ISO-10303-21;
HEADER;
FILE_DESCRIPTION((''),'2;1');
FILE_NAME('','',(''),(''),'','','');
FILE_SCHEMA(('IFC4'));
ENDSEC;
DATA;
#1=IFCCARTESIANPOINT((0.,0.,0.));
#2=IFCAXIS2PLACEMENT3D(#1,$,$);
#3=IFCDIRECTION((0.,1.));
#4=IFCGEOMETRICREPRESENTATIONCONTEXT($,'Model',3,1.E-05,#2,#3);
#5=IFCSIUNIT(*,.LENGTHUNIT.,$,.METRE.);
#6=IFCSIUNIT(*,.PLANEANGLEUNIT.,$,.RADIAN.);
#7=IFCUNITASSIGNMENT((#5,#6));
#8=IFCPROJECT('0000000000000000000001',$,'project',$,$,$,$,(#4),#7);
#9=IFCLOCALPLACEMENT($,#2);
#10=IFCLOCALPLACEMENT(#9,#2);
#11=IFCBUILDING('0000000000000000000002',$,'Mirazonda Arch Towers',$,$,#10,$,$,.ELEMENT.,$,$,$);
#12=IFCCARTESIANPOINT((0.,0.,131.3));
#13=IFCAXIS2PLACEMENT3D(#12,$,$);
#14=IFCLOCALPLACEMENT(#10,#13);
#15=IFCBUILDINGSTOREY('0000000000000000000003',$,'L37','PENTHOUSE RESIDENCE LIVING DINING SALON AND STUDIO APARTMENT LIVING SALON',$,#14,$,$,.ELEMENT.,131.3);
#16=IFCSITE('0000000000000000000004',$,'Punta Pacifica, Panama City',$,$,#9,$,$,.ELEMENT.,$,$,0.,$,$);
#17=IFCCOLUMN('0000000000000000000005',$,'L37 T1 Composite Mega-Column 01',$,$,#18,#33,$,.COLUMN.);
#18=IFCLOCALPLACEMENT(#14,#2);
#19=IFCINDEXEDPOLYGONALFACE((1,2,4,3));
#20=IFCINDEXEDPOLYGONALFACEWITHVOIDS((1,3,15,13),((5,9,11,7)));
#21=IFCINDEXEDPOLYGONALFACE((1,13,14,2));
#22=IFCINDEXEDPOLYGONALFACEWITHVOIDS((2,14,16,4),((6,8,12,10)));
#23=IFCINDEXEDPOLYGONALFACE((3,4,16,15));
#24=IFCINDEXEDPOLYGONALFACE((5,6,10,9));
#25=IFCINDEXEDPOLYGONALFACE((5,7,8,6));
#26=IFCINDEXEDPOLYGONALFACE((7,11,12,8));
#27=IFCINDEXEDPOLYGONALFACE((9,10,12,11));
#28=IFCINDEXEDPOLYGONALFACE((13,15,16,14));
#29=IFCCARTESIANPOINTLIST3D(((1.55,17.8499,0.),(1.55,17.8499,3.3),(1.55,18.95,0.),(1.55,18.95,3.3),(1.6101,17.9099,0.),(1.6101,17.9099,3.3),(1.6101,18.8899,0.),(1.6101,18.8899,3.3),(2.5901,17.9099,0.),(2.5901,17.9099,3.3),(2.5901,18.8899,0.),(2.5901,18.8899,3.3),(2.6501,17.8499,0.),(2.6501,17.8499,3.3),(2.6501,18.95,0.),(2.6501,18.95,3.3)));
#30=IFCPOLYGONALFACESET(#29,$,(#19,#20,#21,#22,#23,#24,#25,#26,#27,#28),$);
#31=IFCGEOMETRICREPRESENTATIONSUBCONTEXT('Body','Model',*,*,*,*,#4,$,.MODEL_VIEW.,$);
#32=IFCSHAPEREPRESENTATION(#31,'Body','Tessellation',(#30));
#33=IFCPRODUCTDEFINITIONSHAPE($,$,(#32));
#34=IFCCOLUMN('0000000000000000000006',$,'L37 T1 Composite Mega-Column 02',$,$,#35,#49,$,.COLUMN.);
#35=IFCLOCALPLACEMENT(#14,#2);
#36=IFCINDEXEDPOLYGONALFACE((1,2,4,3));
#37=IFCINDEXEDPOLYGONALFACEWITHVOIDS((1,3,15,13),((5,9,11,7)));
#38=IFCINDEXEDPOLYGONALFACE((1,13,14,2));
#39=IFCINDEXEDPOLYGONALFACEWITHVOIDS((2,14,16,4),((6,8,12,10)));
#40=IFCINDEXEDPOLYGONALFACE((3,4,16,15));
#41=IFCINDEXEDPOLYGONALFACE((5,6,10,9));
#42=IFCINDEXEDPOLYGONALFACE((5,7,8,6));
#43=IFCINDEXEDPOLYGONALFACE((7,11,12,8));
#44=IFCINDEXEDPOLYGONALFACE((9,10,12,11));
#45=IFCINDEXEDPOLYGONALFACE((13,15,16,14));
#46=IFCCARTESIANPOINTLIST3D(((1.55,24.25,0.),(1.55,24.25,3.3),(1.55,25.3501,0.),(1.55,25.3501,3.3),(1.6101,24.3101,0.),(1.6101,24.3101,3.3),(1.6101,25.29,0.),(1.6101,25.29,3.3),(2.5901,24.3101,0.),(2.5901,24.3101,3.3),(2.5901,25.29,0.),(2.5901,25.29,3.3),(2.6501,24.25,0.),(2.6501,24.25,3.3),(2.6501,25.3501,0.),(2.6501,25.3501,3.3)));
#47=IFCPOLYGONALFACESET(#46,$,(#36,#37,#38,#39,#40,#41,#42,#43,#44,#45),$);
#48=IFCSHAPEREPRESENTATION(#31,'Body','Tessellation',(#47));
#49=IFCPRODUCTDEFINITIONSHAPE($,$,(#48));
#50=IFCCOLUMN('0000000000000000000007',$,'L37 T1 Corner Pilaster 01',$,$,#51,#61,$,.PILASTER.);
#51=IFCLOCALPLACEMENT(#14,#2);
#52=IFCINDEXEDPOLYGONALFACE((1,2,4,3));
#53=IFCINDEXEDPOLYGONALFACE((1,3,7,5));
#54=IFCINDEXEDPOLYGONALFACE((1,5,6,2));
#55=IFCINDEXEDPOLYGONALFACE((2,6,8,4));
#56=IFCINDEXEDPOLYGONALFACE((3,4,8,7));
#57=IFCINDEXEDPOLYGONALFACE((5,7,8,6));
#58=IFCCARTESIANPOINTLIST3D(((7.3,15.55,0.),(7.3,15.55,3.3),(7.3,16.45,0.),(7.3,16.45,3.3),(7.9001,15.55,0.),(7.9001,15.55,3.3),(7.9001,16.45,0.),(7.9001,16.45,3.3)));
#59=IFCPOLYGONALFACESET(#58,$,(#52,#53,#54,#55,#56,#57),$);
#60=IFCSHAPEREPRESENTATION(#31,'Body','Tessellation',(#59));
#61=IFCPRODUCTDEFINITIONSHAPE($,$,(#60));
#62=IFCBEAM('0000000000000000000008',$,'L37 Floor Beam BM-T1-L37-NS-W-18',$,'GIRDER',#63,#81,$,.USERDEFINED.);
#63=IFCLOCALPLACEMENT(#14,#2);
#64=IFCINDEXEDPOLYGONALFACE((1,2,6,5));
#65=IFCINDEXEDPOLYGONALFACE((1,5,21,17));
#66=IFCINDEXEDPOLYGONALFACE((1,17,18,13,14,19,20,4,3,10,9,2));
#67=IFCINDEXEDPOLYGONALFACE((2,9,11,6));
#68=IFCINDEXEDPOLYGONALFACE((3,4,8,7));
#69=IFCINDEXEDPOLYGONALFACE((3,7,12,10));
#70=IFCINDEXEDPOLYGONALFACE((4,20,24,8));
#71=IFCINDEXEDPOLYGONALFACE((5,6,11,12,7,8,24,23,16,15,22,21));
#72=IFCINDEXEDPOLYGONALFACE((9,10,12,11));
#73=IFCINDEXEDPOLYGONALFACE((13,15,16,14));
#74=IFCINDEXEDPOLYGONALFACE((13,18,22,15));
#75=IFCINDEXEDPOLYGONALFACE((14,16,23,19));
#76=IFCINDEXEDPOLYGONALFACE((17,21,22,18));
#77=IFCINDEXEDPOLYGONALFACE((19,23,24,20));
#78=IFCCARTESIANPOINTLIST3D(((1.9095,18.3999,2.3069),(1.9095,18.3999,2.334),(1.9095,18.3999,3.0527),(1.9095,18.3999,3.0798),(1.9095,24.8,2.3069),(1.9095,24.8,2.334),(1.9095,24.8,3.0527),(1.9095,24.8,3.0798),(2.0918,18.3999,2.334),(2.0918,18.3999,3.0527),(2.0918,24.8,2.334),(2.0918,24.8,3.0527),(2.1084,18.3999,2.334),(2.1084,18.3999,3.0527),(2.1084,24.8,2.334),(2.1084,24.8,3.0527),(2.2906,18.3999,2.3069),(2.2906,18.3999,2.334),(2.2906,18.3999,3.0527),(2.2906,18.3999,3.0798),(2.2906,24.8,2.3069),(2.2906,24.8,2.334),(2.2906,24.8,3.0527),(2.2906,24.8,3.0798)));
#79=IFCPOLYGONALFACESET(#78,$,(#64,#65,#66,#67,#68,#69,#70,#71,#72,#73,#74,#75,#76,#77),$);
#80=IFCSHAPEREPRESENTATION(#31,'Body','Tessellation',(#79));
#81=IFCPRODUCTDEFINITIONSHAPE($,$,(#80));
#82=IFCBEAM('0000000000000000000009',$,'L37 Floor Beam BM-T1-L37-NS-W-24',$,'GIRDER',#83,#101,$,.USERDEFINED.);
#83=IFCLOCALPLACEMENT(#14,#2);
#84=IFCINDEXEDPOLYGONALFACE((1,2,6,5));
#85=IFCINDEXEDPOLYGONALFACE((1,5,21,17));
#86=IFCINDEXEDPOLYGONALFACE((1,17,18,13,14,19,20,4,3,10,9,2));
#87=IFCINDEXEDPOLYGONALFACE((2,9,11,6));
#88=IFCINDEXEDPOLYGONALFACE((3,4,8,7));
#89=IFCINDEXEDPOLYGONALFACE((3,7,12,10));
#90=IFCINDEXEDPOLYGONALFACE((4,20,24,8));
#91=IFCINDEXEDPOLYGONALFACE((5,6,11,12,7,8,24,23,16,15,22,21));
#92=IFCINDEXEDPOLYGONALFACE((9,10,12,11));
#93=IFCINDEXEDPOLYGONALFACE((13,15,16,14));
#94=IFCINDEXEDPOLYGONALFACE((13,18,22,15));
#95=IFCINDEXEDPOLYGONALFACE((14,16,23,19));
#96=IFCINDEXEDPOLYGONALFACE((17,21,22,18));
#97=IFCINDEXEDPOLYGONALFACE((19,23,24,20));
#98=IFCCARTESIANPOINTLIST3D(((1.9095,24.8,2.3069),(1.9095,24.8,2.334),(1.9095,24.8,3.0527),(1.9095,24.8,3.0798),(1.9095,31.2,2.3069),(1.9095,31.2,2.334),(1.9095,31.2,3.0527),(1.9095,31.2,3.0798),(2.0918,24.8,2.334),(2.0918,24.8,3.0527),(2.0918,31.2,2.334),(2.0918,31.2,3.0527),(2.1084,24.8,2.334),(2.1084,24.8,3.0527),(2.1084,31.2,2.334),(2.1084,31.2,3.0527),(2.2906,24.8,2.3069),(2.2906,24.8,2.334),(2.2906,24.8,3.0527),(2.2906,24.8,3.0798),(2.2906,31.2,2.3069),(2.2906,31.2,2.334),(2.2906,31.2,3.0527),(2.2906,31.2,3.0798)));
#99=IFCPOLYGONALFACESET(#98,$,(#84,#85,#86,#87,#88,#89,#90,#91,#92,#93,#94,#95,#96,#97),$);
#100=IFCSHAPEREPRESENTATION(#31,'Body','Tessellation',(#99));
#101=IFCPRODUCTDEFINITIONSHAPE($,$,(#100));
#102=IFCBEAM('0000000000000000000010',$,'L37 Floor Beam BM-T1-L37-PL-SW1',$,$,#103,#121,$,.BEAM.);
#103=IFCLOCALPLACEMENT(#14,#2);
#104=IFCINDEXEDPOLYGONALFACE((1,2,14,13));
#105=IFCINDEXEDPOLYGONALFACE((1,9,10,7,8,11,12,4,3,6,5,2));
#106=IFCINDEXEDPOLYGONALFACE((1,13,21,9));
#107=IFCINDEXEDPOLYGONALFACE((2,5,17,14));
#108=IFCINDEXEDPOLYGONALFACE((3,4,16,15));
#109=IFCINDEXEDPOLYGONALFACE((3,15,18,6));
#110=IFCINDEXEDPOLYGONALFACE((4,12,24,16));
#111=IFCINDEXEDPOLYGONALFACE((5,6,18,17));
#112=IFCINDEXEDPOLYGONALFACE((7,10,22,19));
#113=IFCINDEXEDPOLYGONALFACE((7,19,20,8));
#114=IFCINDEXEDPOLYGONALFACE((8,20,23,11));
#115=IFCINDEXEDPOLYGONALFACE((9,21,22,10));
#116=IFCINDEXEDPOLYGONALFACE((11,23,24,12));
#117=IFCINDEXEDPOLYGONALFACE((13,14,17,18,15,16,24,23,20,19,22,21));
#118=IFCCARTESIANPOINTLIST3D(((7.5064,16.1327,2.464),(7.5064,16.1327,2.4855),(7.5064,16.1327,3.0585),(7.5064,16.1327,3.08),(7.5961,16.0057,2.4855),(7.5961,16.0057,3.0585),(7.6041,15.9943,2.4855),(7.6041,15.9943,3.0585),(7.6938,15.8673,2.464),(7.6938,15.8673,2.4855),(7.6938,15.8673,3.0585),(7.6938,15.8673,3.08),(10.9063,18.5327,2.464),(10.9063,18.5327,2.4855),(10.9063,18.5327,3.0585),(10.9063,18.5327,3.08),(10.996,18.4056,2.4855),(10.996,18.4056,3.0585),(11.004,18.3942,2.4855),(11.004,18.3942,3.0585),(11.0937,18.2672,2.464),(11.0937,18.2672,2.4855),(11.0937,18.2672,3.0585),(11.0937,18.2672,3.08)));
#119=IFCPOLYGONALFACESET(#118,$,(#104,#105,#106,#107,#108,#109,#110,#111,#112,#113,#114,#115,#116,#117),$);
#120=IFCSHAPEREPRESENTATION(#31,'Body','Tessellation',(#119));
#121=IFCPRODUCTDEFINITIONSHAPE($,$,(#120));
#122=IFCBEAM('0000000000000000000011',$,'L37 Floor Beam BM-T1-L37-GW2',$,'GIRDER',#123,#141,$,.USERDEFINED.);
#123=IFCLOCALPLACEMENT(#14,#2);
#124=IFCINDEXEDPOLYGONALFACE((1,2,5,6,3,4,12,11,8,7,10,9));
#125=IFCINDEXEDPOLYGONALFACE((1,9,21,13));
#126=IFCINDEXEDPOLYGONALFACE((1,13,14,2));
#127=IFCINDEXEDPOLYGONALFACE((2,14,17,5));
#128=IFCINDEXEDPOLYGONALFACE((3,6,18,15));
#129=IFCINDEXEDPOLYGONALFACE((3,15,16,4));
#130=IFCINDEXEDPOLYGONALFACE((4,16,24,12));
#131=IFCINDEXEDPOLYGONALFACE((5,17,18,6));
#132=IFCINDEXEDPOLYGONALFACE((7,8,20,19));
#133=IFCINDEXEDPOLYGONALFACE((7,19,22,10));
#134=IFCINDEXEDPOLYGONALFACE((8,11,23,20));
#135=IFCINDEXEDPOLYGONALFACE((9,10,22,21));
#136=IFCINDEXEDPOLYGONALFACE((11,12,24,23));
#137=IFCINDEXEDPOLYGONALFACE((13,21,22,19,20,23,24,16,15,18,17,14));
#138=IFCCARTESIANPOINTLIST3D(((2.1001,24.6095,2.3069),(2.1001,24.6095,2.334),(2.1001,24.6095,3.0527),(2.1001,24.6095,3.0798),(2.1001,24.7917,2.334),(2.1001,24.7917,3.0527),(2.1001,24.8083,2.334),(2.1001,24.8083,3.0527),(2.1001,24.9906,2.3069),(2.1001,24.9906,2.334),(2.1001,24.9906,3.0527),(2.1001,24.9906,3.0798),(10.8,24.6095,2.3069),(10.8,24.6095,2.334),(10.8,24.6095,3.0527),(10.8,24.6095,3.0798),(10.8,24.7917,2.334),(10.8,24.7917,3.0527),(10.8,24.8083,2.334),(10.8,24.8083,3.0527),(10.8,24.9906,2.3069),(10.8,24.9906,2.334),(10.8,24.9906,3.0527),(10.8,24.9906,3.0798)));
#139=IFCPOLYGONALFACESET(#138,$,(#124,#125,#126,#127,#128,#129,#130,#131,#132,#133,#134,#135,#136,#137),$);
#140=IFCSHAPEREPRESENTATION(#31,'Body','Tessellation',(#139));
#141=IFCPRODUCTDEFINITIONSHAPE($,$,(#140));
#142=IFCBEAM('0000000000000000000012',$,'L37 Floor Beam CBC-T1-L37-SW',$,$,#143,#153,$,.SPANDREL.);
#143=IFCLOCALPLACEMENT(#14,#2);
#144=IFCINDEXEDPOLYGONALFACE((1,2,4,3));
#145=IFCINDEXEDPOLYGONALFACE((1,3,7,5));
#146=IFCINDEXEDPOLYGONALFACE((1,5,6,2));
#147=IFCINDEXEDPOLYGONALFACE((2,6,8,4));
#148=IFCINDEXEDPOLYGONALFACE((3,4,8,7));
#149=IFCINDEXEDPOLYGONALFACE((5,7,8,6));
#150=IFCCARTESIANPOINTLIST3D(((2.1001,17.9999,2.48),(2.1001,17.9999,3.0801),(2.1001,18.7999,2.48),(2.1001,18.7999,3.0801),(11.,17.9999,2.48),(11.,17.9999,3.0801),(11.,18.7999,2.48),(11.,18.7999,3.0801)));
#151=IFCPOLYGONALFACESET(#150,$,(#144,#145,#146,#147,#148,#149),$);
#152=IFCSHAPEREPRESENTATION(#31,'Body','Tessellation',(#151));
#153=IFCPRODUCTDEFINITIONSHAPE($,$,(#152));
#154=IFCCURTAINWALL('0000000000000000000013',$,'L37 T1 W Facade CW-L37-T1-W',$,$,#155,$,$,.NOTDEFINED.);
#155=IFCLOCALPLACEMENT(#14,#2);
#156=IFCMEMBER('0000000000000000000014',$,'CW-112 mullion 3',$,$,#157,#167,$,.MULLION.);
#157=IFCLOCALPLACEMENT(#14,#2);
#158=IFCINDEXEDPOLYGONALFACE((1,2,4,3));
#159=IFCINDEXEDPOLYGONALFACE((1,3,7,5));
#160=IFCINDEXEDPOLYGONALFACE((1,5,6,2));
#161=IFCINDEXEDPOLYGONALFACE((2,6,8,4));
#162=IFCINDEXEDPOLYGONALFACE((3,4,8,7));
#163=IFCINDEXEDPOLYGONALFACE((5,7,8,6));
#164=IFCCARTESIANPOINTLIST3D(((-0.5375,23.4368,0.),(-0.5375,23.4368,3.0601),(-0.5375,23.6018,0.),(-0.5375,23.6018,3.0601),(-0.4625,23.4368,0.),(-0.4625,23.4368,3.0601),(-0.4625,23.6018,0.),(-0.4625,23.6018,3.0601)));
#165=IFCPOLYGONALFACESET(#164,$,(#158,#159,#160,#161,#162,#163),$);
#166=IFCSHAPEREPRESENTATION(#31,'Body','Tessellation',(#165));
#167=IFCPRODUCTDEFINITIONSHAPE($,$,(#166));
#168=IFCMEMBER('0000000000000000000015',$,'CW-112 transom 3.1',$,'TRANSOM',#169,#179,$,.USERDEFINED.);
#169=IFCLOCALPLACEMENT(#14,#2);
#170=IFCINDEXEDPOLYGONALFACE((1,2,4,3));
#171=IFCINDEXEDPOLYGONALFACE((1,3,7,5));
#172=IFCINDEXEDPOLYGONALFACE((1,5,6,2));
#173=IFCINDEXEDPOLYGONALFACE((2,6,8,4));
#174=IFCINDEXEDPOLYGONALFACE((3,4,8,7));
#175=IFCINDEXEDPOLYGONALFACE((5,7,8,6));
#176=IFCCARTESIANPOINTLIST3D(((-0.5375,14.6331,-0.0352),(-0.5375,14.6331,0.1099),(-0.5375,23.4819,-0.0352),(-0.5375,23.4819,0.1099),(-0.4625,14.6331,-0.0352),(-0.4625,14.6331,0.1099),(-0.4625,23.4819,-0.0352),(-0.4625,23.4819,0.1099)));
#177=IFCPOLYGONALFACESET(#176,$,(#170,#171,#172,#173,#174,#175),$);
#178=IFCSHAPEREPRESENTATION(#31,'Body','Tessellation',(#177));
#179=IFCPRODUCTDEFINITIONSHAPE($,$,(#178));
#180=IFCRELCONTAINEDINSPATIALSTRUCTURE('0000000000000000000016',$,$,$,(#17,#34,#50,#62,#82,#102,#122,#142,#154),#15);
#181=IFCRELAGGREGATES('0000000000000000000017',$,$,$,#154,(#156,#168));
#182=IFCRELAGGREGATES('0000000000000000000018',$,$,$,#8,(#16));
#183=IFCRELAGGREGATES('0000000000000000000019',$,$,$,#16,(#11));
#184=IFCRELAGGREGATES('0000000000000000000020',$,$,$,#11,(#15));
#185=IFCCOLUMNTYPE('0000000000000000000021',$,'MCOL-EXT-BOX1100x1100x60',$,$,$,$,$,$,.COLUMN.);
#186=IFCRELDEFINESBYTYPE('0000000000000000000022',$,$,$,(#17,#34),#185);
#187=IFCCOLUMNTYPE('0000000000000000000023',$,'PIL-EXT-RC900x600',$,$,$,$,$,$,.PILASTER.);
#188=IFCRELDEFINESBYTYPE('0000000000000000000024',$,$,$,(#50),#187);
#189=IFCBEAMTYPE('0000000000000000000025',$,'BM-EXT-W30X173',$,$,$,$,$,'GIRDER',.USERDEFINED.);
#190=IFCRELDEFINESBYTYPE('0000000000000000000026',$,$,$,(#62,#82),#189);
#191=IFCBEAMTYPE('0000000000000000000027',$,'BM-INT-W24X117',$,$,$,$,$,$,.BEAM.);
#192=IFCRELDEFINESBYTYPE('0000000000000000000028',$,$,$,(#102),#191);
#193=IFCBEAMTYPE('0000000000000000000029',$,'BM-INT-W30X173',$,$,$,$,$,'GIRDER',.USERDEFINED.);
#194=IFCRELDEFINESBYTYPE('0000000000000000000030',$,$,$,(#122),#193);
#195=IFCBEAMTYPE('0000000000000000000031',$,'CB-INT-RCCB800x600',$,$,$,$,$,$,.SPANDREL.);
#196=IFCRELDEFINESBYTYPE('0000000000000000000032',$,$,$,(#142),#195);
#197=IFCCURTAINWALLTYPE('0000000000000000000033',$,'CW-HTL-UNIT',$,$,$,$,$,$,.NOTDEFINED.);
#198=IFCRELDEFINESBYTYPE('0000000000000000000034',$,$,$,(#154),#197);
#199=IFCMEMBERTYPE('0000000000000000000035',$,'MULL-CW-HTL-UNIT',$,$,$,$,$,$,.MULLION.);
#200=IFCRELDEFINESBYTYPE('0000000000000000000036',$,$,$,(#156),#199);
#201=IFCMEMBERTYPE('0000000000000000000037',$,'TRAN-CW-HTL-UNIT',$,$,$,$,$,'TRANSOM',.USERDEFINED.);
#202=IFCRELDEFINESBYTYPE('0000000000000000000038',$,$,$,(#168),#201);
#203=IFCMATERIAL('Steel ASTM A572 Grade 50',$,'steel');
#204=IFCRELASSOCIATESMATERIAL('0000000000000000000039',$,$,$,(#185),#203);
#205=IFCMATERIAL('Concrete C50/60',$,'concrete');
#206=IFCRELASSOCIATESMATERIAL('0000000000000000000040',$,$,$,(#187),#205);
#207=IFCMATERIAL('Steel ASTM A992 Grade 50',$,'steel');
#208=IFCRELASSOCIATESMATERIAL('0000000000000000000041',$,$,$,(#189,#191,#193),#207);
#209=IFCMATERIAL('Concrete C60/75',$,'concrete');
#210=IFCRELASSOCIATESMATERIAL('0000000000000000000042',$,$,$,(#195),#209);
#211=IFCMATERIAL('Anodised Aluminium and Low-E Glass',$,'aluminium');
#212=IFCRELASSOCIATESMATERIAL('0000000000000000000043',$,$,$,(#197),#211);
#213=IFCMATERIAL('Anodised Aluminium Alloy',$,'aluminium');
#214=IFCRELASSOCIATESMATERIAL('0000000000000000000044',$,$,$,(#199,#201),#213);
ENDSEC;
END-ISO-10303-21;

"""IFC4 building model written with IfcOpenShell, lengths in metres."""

from ifc_helpers import new_model, si_unit, direction, frame, origin, origin_2d, place, context, subcontext, project, spatial, rectangle, hollow_rectangle, i_section, extrude, material, material_profile, profile_set, type_object, element, aggregate, save


model = new_model("IFC4")

# Units and contexts
model_context = context("Model", 3, precision=1e-05, world=origin(), true_north=direction((0.0, 1.0)))
body_context = subcontext(model_context, "Body", "Model", "MODEL_VIEW")
ifc_project = project(units=[si_unit("LENGTHUNIT", "METRE"), si_unit("PLANEANGLEUNIT", "RADIAN")], contexts=[model_context])

# Site, building, storey
site_placement = place(None, origin())
site = spatial("IfcSite", under=ifc_project, at=site_placement, Name="Punta Pacifica, Panama City", CompositionType="ELEMENT", RefElevation=0.0)
building_placement = place(site_placement, origin())
building = spatial("IfcBuilding", under=site, at=building_placement, Name="Mirazonda Arch Towers", CompositionType="ELEMENT")
storey_placement = place(building_placement, frame((0.0, 0.0, 131.3)))
storey = spatial("IfcBuildingStorey", under=building, at=storey_placement, Name="L37", Description="PENTHOUSE RESIDENCE LIVING DINING SALON AND STUDIO APARTMENT LIVING SALON", CompositionType="ELEMENT", Elevation=131.3)

# Columns
ifc_material_1 = material(Name="Steel ASTM A572 Grade 50", Category="steel")
ifc_material_profile_1 = material_profile(ifc_material_1, hollow_rectangle(XDim=1.1001, YDim=1.1001, WallThickness=0.0601, at=origin_2d()), Name="BOX1100x1100x60")
ifc_profile_set_1 = profile_set([ifc_material_profile_1], Name="Steel ASTM A572 Grade 50")
column_type_1 = type_object("IfcColumnType", Name="MCOL-EXT-BOX1100x1100x60", PredefinedType="COLUMN", material=ifc_profile_set_1)
for number, where, z_axis, x_axis, name in (
    (1, (2.1001, 18.3999, 0.0), (0.0, 0.0, 1.0), (1.0, 0.0, 0.0), "L37 T1 Composite Mega-Column 01"),
    (2, (2.1001, 24.8, 0.0), (0.0, 0.0, 1.0), (1.0, 0.0, 0.0), "L37 T1 Composite Mega-Column 02"),
):
    element("IfcColumn", number, at=place(storey_placement, frame(where, z_axis=z_axis, x_axis=x_axis)), inside=storey, type_object=column_type_1, Name=name, PredefinedType="COLUMN", context=body_context, shape_type="SweptSolid", body=[
        extrude(hollow_rectangle(XDim=1.1001, YDim=1.1001, WallThickness=0.0601, at=origin_2d()), origin(), (0.0, 0.0, 1.0), 3.3),
    ])
ifc_material_2 = material(Name="Concrete C50/60", Category="concrete")
ifc_material_profile_2 = material_profile(ifc_material_2, rectangle(XDim=0.6001, YDim=0.8999, at=origin_2d()), Name="RC900x600")
ifc_profile_set_2 = profile_set([ifc_material_profile_2], Name="Concrete C50/60")
column_type_2 = type_object("IfcColumnType", Name="PIL-EXT-RC900x600", PredefinedType="PILASTER", material=ifc_profile_set_2)
column_placement = place(storey_placement, frame((7.6001, 16.0, 0.0), z_axis=(0.0, 0.0, 1.0), x_axis=(1.0, 0.0, 0.0)))
element("IfcColumn", 3, at=column_placement, inside=storey, type_object=column_type_2, Name="L37 T1 Corner Pilaster 01", PredefinedType="PILASTER", context=body_context, shape_type="SweptSolid", body=[
    extrude(rectangle(XDim=0.6001, YDim=0.8999, at=origin_2d()), origin(), (0.0, 0.0, 1.0), 3.3),
])

# Beams
ifc_material_3 = material(Name="Steel ASTM A992 Grade 50", Category="steel")
ifc_material_profile_3 = material_profile(ifc_material_3, i_section(OverallWidth=0.3811, OverallDepth=0.7729, WebThickness=0.0166, FlangeThickness=0.0271, at=origin_2d()), Name="W30X173")
ifc_profile_set_3 = profile_set([ifc_material_profile_3], Name="Steel ASTM A992 Grade 50")
beam_type_1 = type_object("IfcBeamType", Name="BM-EXT-W30X173", ElementType="GIRDER", PredefinedType="USERDEFINED", material=ifc_profile_set_3)
beam_1_placement = place(storey_placement, frame((2.1001, 18.3999, 2.6934), z_axis=(0.0, 1.0, 0.0), x_axis=(-1.0, 0.0, 0.0)))
element("IfcBeam", 4, at=beam_1_placement, inside=storey, type_object=beam_type_1, Name="L37 Floor Beam BM-T1-L37-NS-W-18", ObjectType="GIRDER", PredefinedType="USERDEFINED", context=body_context, shape_type="SweptSolid", body=[
    extrude(i_section(OverallWidth=0.3811, OverallDepth=0.7729, WebThickness=0.0166, FlangeThickness=0.0271, at=origin_2d()), origin(), (0.0, 0.0, 1.0), 6.4001),
])
beam_2_placement = place(storey_placement, frame((2.1001, 24.8, 2.6934), z_axis=(0.0, 1.0, 0.0), x_axis=(-1.0, 0.0, 0.0)))
element("IfcBeam", 5, at=beam_2_placement, inside=storey, type_object=beam_type_1, Name="L37 Floor Beam BM-T1-L37-NS-W-24", ObjectType="GIRDER", PredefinedType="USERDEFINED", context=body_context, shape_type="SweptSolid", body=[
    extrude(i_section(OverallWidth=0.3811, OverallDepth=0.7729, WebThickness=0.0166, FlangeThickness=0.0271, at=origin_2d()), origin(), (0.0, 0.0, 1.0), 6.3999),
])
ifc_material_profile_4 = material_profile(ifc_material_3, i_section(OverallWidth=0.325, OverallDepth=0.616, WebThickness=0.0139, FlangeThickness=0.0215, at=origin_2d()), Name="W24X117")
ifc_profile_set_4 = profile_set([ifc_material_profile_4], Name="Steel ASTM A992 Grade 50")
beam_type_2 = type_object("IfcBeamType", Name="BM-INT-W24X117", PredefinedType="BEAM", material=ifc_profile_set_4)
beam_3_placement = place(storey_placement, frame((7.6001, 16.0, 2.772), z_axis=(0.816971, 0.576679, 0.0), x_axis=(-0.576679, 0.816971, 0.0)))
element("IfcBeam", 6, at=beam_3_placement, inside=storey, type_object=beam_type_2, Name="L37 Floor Beam BM-T1-L37-PL-SW1", PredefinedType="BEAM", context=body_context, shape_type="SweptSolid", body=[
    extrude(i_section(OverallWidth=0.325, OverallDepth=0.616, WebThickness=0.0139, FlangeThickness=0.0215, at=origin_2d()), origin(), (0.0, 0.0, 1.0), 4.1616),
])
ifc_material_profile_5 = material_profile(ifc_material_3, i_section(OverallWidth=0.3811, OverallDepth=0.7729, WebThickness=0.0166, FlangeThickness=0.0271, at=origin_2d()), Name="W30X173")
ifc_profile_set_5 = profile_set([ifc_material_profile_5], Name="Steel ASTM A992 Grade 50")
beam_type_3 = type_object("IfcBeamType", Name="BM-INT-W30X173", ElementType="GIRDER", PredefinedType="USERDEFINED", material=ifc_profile_set_5)
beam_4_placement = place(storey_placement, frame((2.1001, 24.8, 2.6934), z_axis=(1.0, 0.0, 0.0), x_axis=(0.0, 1.0, 0.0)))
element("IfcBeam", 7, at=beam_4_placement, inside=storey, type_object=beam_type_3, Name="L37 Floor Beam BM-T1-L37-GW2", ObjectType="GIRDER", PredefinedType="USERDEFINED", context=body_context, shape_type="SweptSolid", body=[
    extrude(i_section(OverallWidth=0.3811, OverallDepth=0.7729, WebThickness=0.0166, FlangeThickness=0.0271, at=origin_2d()), origin(), (0.0, 0.0, 1.0), 8.7),
])
ifc_material_4 = material(Name="Concrete C60/75", Category="concrete")
ifc_material_profile_6 = material_profile(ifc_material_4, rectangle(XDim=0.8, YDim=0.6001, at=origin_2d()), Name="RCCB800x600")
ifc_profile_set_6 = profile_set([ifc_material_profile_6], Name="Concrete C60/75")
beam_type_4 = type_object("IfcBeamType", Name="CB-INT-RCCB800x600", PredefinedType="SPANDREL", material=ifc_profile_set_6)
beam_5_placement = place(storey_placement, frame((2.1001, 18.3999, 2.78), z_axis=(1.0, 0.0, 0.0), x_axis=(0.0, 1.0, 0.0)))
element("IfcBeam", 8, at=beam_5_placement, inside=storey, type_object=beam_type_4, Name="L37 Floor Beam CBC-T1-L37-SW", PredefinedType="SPANDREL", context=body_context, shape_type="SweptSolid", body=[
    extrude(rectangle(XDim=0.8, YDim=0.6001, at=origin_2d()), origin(), (0.0, 0.0, 1.0), 8.8999),
])

# Curtain wall, members
ifc_material_5 = material(Name="Anodised Aluminium and Low-E Glass", Category="aluminium")
curtain_wall_type = type_object("IfcCurtainWallType", Name="CW-HTL-UNIT", PredefinedType="NOTDEFINED", material=ifc_material_5)
curtain_wall_placement = place(storey_placement, origin())
curtain_wall = element("IfcCurtainWall", 9, at=curtain_wall_placement, inside=storey, type_object=curtain_wall_type, Name="L37 T1 W Facade CW-L37-T1-W", PredefinedType="NOTDEFINED")
ifc_material_6 = material(Name="Anodised Aluminium Alloy", Category="aluminium")
ifc_material_profile_7 = material_profile(ifc_material_6, rectangle(XDim=0.075, YDim=0.165, at=origin_2d()), Name="ALU-MULL-75x165")
ifc_profile_set_7 = profile_set([ifc_material_profile_7], Name="Anodised Aluminium Alloy")
member_type_1 = type_object("IfcMemberType", Name="MULL-CW-HTL-UNIT", PredefinedType="MULLION", material=ifc_profile_set_7)
member_1_placement = place(storey_placement, frame((-0.5, 23.5193, 0.0), z_axis=(0.0, 0.0, 1.0), x_axis=(1.0, 0.0, 0.0)))
member_1 = element("IfcMember", 10, at=member_1_placement, type_object=member_type_1, Name="CW-112 mullion 3", PredefinedType="MULLION", context=body_context, shape_type="SweptSolid", body=[
    extrude(rectangle(XDim=0.075, YDim=0.165, at=origin_2d()), origin(), (0.0, 0.0, 1.0), 3.0601),
])
ifc_material_profile_8 = material_profile(ifc_material_6, rectangle(XDim=0.075, YDim=0.145, at=origin_2d()), Name="ALU-TRAN-75x145")
ifc_profile_set_8 = profile_set([ifc_material_profile_8], Name="Anodised Aluminium Alloy")
member_type_2 = type_object("IfcMemberType", Name="TRAN-CW-HTL-UNIT", ElementType="TRANSOM", PredefinedType="USERDEFINED", material=ifc_profile_set_8)
member_2_placement = place(storey_placement, frame((-0.5, 23.4819, 0.0374), z_axis=(0.0, -1.0, 0.0), x_axis=(1.0, 0.0, 0.0)))
member_2 = element("IfcMember", 11, at=member_2_placement, type_object=member_type_2, Name="CW-112 transom 3.1", ObjectType="TRANSOM", PredefinedType="USERDEFINED", context=body_context, shape_type="SweptSolid", body=[
    extrude(rectangle(XDim=0.075, YDim=0.145, at=origin_2d()), origin(), (0.0, 0.0, 1.0), 8.8489),
])
aggregate(curtain_wall, [member_1, member_2])

save(model, "model.ifc")
